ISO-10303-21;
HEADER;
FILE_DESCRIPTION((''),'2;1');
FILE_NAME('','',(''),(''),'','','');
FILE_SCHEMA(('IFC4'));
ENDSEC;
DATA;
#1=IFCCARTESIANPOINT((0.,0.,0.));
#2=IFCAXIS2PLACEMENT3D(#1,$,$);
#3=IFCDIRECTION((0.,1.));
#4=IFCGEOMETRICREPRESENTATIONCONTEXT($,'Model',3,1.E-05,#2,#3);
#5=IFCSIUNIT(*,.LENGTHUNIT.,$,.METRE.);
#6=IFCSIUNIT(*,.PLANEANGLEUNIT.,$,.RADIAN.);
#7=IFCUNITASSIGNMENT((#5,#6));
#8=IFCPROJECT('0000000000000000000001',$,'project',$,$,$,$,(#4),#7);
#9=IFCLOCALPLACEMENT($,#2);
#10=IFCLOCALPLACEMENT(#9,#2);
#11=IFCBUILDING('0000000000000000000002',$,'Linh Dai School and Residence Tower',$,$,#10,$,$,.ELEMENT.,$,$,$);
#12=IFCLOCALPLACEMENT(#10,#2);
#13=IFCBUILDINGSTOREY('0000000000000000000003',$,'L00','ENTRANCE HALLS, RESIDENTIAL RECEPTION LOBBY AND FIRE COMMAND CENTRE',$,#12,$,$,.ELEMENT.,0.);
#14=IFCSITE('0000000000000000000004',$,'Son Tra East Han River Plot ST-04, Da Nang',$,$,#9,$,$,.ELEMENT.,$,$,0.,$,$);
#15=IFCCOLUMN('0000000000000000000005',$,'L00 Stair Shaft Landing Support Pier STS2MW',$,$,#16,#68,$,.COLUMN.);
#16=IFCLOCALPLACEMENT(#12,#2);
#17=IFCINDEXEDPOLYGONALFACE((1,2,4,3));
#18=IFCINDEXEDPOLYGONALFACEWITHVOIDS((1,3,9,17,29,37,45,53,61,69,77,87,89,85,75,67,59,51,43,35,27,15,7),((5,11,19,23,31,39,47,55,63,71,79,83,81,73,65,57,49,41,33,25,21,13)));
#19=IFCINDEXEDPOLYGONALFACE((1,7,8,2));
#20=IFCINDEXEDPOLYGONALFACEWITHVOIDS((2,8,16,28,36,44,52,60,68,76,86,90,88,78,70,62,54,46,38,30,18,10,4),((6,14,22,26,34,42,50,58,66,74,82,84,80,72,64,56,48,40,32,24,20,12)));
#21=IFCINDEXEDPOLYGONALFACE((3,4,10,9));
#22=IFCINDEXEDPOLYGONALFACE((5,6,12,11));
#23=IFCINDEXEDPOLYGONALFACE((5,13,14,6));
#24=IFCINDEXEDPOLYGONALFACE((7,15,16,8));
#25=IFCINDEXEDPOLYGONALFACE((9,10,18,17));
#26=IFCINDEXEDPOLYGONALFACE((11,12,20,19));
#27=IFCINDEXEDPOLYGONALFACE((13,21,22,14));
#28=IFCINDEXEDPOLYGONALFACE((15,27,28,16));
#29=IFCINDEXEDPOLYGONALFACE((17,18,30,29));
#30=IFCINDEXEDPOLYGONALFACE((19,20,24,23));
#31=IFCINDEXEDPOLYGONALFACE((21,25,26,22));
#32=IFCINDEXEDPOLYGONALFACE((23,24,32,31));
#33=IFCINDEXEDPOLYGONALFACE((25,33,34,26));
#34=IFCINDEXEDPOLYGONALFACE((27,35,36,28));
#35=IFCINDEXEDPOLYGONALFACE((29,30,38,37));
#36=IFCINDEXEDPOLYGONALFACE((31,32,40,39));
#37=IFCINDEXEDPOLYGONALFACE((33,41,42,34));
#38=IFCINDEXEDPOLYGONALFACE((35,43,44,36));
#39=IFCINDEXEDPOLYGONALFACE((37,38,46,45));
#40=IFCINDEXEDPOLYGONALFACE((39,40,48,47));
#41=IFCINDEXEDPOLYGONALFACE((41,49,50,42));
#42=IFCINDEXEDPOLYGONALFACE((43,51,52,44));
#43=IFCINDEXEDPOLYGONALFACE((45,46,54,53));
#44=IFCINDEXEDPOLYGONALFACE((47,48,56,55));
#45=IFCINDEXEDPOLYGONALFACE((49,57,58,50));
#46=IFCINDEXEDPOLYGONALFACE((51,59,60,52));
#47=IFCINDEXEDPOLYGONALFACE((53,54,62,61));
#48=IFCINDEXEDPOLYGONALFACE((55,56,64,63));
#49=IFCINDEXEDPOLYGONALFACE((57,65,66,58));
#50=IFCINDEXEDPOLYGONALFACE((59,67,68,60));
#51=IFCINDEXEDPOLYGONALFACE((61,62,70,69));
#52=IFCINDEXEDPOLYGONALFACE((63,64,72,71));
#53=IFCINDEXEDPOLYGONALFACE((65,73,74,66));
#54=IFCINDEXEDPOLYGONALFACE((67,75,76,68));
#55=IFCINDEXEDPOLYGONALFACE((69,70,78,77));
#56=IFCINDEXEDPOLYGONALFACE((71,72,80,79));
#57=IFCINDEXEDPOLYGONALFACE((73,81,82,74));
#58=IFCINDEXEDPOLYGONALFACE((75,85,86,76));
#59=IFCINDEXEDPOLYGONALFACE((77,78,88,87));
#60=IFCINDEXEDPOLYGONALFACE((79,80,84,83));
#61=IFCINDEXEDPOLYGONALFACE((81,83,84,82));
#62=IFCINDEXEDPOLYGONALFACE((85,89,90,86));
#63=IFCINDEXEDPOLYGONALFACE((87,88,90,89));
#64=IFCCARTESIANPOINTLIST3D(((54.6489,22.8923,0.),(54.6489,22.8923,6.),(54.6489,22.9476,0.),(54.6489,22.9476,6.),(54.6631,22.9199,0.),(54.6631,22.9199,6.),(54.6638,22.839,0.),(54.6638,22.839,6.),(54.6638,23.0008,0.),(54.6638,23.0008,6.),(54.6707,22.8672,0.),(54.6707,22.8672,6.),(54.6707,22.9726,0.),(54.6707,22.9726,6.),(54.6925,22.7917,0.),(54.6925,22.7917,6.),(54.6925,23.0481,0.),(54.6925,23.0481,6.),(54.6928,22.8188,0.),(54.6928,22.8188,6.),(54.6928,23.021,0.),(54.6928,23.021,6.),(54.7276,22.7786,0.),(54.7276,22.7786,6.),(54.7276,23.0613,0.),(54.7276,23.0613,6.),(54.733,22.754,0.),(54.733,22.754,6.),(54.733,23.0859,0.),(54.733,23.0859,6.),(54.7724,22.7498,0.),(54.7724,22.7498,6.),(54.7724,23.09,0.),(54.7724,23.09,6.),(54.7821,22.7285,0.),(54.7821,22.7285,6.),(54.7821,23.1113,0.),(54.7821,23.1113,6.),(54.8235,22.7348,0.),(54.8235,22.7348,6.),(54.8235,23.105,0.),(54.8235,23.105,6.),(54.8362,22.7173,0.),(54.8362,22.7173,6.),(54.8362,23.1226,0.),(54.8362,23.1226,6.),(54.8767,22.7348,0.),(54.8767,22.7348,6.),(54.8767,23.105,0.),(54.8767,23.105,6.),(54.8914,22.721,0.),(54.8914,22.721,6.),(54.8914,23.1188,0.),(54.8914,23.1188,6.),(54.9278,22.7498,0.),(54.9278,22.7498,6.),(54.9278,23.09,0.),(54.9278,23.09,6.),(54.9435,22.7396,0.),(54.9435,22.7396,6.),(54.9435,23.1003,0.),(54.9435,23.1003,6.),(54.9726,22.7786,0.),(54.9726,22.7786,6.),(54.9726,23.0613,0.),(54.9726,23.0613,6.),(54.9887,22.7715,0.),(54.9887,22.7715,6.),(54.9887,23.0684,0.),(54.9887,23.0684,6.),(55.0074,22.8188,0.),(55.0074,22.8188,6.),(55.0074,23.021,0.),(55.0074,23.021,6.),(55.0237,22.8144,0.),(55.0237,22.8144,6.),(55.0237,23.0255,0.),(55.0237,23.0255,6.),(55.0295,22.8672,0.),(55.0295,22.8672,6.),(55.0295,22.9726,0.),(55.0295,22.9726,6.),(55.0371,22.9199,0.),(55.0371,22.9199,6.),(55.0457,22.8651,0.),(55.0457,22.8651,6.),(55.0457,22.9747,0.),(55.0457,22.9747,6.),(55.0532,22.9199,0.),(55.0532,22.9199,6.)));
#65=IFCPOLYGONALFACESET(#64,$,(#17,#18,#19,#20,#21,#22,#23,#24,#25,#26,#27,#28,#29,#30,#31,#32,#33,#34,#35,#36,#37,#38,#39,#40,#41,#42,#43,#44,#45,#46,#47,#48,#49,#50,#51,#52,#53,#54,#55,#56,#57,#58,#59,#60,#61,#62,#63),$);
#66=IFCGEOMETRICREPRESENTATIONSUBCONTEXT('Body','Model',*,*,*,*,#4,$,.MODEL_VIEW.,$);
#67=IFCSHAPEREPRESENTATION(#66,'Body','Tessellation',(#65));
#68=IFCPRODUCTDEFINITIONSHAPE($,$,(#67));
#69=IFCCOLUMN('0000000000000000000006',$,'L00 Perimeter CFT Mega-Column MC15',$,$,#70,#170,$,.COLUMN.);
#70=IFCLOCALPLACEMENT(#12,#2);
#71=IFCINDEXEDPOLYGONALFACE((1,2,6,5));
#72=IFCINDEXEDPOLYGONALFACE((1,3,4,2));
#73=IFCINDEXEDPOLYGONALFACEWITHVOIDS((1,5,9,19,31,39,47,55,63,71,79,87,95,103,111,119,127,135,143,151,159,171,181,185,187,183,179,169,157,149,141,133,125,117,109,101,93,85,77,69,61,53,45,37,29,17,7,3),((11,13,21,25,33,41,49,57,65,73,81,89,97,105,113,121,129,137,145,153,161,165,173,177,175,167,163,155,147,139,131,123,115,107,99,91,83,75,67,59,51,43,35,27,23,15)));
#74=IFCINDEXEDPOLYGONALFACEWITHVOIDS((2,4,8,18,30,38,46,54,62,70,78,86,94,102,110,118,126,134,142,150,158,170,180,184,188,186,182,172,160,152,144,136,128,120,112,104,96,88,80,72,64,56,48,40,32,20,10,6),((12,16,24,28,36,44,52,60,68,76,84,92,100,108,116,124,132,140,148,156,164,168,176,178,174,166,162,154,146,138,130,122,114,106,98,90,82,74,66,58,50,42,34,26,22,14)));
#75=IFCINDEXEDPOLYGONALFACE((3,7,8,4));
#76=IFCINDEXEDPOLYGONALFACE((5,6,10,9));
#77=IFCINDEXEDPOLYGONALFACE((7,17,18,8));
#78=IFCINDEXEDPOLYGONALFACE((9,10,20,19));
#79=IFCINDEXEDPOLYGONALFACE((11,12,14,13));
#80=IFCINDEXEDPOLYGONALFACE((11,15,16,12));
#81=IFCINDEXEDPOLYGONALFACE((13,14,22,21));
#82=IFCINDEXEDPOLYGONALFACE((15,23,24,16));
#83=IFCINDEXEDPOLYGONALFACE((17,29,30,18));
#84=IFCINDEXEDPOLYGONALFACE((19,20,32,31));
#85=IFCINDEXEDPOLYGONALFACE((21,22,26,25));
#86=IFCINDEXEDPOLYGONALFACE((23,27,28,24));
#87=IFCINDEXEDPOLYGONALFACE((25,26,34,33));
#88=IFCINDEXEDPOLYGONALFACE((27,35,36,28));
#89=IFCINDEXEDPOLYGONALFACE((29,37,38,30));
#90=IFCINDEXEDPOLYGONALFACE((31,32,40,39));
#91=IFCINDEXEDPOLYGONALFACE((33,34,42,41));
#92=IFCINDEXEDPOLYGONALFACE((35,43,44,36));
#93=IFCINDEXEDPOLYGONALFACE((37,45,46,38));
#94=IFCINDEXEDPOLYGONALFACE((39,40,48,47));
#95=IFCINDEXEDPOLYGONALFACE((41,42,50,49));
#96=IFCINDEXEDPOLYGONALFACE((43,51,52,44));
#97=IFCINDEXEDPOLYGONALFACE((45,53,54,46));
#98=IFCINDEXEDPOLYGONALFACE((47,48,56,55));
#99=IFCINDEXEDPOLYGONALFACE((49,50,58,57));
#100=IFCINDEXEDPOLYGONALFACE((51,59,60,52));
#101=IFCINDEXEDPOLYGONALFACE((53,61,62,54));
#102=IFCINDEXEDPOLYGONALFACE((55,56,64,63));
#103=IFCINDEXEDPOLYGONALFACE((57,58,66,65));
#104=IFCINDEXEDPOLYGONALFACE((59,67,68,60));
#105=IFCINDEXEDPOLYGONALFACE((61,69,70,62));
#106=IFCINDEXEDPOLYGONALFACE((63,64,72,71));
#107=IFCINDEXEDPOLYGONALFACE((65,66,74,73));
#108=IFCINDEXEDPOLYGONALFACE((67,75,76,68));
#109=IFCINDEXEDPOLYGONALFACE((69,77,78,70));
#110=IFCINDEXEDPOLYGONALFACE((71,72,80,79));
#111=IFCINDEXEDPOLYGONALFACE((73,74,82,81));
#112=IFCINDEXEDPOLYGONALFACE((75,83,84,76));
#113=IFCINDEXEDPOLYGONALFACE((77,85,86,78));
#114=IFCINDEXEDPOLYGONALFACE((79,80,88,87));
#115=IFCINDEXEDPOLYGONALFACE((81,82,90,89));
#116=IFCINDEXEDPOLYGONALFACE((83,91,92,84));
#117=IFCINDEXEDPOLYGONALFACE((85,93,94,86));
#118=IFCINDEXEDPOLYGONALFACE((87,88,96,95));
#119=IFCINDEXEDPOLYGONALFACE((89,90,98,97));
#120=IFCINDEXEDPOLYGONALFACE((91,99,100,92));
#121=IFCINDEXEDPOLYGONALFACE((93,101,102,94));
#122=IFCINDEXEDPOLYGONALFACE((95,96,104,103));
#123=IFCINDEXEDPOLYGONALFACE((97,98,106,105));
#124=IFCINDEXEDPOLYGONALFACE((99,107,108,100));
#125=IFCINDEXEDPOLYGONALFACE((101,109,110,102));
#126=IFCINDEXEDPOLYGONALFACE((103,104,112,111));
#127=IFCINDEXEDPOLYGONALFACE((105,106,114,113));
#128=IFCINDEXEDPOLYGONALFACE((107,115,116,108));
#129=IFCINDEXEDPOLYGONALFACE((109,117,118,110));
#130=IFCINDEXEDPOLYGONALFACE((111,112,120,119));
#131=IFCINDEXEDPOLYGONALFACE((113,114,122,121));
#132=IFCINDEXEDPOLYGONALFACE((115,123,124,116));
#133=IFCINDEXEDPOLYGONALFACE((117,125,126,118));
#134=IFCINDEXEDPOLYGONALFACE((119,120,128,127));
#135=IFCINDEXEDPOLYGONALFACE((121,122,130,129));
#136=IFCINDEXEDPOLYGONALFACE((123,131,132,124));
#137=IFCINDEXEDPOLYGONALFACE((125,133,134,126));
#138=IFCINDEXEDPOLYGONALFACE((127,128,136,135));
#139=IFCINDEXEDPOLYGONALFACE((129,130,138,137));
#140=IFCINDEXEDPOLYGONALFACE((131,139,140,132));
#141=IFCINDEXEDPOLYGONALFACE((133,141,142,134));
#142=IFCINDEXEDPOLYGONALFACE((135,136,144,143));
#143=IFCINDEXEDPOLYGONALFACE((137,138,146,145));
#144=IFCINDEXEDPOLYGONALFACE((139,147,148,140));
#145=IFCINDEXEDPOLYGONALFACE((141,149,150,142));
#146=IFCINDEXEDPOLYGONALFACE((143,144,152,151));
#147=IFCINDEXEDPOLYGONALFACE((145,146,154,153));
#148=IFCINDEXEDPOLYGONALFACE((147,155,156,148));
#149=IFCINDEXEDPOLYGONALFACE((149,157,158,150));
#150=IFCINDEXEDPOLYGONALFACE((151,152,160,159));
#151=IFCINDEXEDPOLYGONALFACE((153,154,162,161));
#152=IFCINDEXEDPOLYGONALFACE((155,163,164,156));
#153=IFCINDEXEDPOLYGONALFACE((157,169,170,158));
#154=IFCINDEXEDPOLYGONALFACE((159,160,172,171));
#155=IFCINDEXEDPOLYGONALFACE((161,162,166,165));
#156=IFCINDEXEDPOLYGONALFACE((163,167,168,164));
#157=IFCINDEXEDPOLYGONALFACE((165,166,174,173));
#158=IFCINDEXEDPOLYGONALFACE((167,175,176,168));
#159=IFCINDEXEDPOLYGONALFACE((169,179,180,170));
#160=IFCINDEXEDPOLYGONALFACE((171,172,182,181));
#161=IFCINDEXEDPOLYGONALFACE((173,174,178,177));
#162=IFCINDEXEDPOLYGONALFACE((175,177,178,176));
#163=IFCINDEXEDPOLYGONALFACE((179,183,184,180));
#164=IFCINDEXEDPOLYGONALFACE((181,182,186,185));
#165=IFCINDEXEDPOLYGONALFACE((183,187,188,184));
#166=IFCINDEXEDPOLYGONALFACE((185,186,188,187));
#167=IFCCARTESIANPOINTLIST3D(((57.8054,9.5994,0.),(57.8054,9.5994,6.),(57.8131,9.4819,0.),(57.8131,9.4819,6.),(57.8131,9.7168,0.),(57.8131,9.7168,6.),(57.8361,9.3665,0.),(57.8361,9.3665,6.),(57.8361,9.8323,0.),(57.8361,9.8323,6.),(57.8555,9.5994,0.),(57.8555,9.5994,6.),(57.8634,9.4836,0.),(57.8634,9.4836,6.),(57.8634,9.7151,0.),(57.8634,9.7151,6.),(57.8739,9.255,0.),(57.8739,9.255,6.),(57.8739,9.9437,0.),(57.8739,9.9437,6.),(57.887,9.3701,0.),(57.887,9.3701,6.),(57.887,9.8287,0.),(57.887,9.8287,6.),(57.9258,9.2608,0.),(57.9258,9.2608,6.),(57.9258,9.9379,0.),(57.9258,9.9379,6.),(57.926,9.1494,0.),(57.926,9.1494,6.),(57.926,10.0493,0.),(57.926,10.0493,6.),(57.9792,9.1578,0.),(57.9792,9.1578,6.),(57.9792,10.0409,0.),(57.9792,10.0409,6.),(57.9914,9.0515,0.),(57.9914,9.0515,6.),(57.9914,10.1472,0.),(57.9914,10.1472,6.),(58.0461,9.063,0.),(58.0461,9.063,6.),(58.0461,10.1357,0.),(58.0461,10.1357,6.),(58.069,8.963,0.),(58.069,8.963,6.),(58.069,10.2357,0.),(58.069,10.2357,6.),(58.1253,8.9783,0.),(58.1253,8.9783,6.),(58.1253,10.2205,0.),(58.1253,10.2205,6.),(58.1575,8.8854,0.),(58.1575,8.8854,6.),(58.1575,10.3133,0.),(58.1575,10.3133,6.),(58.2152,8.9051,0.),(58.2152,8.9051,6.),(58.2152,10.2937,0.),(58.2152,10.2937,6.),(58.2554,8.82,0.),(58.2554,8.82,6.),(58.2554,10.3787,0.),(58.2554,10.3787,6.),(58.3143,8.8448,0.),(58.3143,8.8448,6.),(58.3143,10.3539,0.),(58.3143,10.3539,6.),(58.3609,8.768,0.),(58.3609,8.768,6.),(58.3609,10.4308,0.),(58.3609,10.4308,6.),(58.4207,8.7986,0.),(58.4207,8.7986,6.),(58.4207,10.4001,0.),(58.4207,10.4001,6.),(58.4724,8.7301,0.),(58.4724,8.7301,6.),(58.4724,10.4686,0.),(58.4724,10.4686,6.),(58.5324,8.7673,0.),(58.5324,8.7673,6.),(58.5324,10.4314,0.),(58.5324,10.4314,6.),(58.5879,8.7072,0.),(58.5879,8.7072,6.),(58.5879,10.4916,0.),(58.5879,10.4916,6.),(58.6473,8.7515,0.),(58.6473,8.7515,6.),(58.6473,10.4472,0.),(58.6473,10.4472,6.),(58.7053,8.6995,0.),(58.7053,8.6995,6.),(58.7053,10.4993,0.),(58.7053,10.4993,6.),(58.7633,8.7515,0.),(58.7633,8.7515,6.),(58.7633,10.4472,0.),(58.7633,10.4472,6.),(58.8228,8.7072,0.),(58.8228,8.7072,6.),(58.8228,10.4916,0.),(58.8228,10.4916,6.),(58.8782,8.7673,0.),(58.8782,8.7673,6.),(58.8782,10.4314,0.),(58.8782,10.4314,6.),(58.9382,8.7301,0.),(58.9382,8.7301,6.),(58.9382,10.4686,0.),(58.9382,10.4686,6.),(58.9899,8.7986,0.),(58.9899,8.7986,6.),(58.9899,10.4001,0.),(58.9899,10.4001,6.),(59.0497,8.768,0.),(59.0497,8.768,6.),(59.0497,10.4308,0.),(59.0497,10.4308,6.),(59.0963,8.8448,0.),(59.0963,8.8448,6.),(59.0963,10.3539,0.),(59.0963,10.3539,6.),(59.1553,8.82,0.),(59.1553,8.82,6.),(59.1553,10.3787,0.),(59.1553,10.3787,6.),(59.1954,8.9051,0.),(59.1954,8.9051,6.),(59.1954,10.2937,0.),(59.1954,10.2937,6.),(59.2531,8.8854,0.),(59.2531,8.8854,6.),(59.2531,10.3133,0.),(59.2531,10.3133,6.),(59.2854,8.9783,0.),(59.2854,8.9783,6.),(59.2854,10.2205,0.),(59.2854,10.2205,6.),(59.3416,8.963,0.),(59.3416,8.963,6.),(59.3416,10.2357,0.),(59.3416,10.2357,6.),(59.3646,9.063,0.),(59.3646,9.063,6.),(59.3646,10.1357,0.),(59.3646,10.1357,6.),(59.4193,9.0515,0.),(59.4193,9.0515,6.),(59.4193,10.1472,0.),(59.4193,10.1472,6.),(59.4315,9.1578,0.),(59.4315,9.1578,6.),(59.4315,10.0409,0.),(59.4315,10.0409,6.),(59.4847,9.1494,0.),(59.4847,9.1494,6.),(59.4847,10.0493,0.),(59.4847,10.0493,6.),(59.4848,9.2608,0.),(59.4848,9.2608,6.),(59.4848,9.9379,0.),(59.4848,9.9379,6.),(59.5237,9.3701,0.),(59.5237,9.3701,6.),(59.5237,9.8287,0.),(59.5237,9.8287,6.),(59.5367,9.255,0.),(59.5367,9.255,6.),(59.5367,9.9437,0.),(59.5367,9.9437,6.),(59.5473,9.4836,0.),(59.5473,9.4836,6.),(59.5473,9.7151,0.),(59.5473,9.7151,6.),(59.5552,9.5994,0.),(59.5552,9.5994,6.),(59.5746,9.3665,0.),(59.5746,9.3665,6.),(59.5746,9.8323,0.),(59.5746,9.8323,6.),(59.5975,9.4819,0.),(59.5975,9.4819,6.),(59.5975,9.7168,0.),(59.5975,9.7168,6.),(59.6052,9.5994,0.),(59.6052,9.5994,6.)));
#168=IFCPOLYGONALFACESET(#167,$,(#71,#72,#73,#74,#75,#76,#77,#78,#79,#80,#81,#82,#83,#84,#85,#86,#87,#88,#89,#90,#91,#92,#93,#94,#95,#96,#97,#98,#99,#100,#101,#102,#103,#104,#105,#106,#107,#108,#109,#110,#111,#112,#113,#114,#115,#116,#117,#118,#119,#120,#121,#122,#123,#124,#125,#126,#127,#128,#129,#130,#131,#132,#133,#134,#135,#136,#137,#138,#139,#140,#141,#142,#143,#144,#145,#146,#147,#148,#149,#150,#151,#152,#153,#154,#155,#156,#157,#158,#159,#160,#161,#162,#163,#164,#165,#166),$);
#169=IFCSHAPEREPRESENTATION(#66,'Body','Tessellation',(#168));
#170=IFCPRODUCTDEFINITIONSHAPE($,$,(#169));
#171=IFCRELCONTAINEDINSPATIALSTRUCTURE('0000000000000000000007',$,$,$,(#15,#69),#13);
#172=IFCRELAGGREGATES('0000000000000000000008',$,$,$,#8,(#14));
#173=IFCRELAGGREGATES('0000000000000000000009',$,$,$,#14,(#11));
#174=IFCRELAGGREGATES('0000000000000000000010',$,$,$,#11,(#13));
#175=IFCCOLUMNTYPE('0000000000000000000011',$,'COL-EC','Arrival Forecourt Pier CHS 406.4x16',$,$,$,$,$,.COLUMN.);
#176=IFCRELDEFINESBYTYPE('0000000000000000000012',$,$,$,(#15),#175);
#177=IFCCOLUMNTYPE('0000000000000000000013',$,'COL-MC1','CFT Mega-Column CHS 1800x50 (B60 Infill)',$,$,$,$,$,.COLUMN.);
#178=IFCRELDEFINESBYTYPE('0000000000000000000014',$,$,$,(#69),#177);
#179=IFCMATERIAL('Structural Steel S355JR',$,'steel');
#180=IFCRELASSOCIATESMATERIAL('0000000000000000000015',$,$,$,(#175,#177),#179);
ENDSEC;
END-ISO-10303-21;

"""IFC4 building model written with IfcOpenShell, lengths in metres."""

from ifc_helpers import new_model, si_unit, direction, frame, origin, origin_2d, place, context, subcontext, project, spatial, hollow_circle, extrude, material, material_profile, profile_set, type_object, element, save


model = new_model("IFC4")

# Units and contexts
model_context = context("Model", 3, precision=1e-05, world=origin(), true_north=direction((0.0, 1.0)))
body_context = subcontext(model_context, "Body", "Model", "MODEL_VIEW")
ifc_project = project(units=[si_unit("LENGTHUNIT", "METRE"), si_unit("PLANEANGLEUNIT", "RADIAN")], contexts=[model_context])

# Site, building, storey
site_placement = place(None, origin())
site = spatial("IfcSite", under=ifc_project, at=site_placement, Name="Son Tra East Han River Plot ST-04, Da Nang", CompositionType="ELEMENT", RefElevation=0.0)
building_placement = place(site_placement, origin())
building = spatial("IfcBuilding", under=site, at=building_placement, Name="Linh Dai School and Residence Tower", CompositionType="ELEMENT")
storey_placement = place(building_placement, origin())
storey = spatial("IfcBuildingStorey", under=building, at=storey_placement, Name="L00", Description="ENTRANCE HALLS, RESIDENTIAL RECEPTION LOBBY AND FIRE COMMAND CENTRE", CompositionType="ELEMENT", Elevation=0.0)

# Columns
ifc_material_1 = material(Name="Structural Steel S355JR", Category="steel")
ifc_material_profile_1 = material_profile(ifc_material_1, hollow_circle(Radius=0.2031, WallThickness=0.0161, at=origin_2d()), Name="CHS 406.4x16")
ifc_profile_set_1 = profile_set([ifc_material_profile_1], Name="Structural Steel S355JR")
column_type_1 = type_object("IfcColumnType", Name="COL-EC", Description="Arrival Forecourt Pier CHS 406.4x16", PredefinedType="COLUMN", material=ifc_profile_set_1)
for number, where, z_axis, x_axis, name in (
    (1, (54.8501, 22.9199, 0.0), (0.0, 0.0, 1.0), (1.0, 0.0, 0.0), "L00 Stair Shaft Landing Support Pier STS2MW"),
):
    element("IfcColumn", number, at=place(storey_placement, frame(where, z_axis=z_axis, x_axis=x_axis)), inside=storey, type_object=column_type_1, Name=name, PredefinedType="COLUMN", context=body_context, shape_type="SweptSolid", body=[
        extrude(hollow_circle(Radius=0.2031, WallThickness=0.0161, at=origin_2d()), origin(), (0.0, 0.0, 1.0), 6.0),
    ])
ifc_material_profile_2 = material_profile(ifc_material_1, hollow_circle(Radius=0.8999, WallThickness=0.05, at=origin_2d()), Name="CHS 1800x50")
ifc_profile_set_2 = profile_set([ifc_material_profile_2], Name="Structural Steel S355JR")
column_type_2 = type_object("IfcColumnType", Name="COL-MC1", Description="CFT Mega-Column CHS 1800x50 (B60 Infill)", PredefinedType="COLUMN", material=ifc_profile_set_2)
for number, where, z_axis, x_axis, name in (
    (2, (58.7053, 9.5994, 0.0), (0.0, 0.0, 1.0), (1.0, 0.0, 0.0), "L00 Perimeter CFT Mega-Column MC15"),
):
    element("IfcColumn", number, at=place(storey_placement, frame(where, z_axis=z_axis, x_axis=x_axis)), inside=storey, type_object=column_type_2, Name=name, PredefinedType="COLUMN", context=body_context, shape_type="SweptSolid", body=[
        extrude(hollow_circle(Radius=0.8999, WallThickness=0.05, at=origin_2d()), origin(), (0.0, 0.0, 1.0), 6.0),
    ])

save(model, "model.ifc")
